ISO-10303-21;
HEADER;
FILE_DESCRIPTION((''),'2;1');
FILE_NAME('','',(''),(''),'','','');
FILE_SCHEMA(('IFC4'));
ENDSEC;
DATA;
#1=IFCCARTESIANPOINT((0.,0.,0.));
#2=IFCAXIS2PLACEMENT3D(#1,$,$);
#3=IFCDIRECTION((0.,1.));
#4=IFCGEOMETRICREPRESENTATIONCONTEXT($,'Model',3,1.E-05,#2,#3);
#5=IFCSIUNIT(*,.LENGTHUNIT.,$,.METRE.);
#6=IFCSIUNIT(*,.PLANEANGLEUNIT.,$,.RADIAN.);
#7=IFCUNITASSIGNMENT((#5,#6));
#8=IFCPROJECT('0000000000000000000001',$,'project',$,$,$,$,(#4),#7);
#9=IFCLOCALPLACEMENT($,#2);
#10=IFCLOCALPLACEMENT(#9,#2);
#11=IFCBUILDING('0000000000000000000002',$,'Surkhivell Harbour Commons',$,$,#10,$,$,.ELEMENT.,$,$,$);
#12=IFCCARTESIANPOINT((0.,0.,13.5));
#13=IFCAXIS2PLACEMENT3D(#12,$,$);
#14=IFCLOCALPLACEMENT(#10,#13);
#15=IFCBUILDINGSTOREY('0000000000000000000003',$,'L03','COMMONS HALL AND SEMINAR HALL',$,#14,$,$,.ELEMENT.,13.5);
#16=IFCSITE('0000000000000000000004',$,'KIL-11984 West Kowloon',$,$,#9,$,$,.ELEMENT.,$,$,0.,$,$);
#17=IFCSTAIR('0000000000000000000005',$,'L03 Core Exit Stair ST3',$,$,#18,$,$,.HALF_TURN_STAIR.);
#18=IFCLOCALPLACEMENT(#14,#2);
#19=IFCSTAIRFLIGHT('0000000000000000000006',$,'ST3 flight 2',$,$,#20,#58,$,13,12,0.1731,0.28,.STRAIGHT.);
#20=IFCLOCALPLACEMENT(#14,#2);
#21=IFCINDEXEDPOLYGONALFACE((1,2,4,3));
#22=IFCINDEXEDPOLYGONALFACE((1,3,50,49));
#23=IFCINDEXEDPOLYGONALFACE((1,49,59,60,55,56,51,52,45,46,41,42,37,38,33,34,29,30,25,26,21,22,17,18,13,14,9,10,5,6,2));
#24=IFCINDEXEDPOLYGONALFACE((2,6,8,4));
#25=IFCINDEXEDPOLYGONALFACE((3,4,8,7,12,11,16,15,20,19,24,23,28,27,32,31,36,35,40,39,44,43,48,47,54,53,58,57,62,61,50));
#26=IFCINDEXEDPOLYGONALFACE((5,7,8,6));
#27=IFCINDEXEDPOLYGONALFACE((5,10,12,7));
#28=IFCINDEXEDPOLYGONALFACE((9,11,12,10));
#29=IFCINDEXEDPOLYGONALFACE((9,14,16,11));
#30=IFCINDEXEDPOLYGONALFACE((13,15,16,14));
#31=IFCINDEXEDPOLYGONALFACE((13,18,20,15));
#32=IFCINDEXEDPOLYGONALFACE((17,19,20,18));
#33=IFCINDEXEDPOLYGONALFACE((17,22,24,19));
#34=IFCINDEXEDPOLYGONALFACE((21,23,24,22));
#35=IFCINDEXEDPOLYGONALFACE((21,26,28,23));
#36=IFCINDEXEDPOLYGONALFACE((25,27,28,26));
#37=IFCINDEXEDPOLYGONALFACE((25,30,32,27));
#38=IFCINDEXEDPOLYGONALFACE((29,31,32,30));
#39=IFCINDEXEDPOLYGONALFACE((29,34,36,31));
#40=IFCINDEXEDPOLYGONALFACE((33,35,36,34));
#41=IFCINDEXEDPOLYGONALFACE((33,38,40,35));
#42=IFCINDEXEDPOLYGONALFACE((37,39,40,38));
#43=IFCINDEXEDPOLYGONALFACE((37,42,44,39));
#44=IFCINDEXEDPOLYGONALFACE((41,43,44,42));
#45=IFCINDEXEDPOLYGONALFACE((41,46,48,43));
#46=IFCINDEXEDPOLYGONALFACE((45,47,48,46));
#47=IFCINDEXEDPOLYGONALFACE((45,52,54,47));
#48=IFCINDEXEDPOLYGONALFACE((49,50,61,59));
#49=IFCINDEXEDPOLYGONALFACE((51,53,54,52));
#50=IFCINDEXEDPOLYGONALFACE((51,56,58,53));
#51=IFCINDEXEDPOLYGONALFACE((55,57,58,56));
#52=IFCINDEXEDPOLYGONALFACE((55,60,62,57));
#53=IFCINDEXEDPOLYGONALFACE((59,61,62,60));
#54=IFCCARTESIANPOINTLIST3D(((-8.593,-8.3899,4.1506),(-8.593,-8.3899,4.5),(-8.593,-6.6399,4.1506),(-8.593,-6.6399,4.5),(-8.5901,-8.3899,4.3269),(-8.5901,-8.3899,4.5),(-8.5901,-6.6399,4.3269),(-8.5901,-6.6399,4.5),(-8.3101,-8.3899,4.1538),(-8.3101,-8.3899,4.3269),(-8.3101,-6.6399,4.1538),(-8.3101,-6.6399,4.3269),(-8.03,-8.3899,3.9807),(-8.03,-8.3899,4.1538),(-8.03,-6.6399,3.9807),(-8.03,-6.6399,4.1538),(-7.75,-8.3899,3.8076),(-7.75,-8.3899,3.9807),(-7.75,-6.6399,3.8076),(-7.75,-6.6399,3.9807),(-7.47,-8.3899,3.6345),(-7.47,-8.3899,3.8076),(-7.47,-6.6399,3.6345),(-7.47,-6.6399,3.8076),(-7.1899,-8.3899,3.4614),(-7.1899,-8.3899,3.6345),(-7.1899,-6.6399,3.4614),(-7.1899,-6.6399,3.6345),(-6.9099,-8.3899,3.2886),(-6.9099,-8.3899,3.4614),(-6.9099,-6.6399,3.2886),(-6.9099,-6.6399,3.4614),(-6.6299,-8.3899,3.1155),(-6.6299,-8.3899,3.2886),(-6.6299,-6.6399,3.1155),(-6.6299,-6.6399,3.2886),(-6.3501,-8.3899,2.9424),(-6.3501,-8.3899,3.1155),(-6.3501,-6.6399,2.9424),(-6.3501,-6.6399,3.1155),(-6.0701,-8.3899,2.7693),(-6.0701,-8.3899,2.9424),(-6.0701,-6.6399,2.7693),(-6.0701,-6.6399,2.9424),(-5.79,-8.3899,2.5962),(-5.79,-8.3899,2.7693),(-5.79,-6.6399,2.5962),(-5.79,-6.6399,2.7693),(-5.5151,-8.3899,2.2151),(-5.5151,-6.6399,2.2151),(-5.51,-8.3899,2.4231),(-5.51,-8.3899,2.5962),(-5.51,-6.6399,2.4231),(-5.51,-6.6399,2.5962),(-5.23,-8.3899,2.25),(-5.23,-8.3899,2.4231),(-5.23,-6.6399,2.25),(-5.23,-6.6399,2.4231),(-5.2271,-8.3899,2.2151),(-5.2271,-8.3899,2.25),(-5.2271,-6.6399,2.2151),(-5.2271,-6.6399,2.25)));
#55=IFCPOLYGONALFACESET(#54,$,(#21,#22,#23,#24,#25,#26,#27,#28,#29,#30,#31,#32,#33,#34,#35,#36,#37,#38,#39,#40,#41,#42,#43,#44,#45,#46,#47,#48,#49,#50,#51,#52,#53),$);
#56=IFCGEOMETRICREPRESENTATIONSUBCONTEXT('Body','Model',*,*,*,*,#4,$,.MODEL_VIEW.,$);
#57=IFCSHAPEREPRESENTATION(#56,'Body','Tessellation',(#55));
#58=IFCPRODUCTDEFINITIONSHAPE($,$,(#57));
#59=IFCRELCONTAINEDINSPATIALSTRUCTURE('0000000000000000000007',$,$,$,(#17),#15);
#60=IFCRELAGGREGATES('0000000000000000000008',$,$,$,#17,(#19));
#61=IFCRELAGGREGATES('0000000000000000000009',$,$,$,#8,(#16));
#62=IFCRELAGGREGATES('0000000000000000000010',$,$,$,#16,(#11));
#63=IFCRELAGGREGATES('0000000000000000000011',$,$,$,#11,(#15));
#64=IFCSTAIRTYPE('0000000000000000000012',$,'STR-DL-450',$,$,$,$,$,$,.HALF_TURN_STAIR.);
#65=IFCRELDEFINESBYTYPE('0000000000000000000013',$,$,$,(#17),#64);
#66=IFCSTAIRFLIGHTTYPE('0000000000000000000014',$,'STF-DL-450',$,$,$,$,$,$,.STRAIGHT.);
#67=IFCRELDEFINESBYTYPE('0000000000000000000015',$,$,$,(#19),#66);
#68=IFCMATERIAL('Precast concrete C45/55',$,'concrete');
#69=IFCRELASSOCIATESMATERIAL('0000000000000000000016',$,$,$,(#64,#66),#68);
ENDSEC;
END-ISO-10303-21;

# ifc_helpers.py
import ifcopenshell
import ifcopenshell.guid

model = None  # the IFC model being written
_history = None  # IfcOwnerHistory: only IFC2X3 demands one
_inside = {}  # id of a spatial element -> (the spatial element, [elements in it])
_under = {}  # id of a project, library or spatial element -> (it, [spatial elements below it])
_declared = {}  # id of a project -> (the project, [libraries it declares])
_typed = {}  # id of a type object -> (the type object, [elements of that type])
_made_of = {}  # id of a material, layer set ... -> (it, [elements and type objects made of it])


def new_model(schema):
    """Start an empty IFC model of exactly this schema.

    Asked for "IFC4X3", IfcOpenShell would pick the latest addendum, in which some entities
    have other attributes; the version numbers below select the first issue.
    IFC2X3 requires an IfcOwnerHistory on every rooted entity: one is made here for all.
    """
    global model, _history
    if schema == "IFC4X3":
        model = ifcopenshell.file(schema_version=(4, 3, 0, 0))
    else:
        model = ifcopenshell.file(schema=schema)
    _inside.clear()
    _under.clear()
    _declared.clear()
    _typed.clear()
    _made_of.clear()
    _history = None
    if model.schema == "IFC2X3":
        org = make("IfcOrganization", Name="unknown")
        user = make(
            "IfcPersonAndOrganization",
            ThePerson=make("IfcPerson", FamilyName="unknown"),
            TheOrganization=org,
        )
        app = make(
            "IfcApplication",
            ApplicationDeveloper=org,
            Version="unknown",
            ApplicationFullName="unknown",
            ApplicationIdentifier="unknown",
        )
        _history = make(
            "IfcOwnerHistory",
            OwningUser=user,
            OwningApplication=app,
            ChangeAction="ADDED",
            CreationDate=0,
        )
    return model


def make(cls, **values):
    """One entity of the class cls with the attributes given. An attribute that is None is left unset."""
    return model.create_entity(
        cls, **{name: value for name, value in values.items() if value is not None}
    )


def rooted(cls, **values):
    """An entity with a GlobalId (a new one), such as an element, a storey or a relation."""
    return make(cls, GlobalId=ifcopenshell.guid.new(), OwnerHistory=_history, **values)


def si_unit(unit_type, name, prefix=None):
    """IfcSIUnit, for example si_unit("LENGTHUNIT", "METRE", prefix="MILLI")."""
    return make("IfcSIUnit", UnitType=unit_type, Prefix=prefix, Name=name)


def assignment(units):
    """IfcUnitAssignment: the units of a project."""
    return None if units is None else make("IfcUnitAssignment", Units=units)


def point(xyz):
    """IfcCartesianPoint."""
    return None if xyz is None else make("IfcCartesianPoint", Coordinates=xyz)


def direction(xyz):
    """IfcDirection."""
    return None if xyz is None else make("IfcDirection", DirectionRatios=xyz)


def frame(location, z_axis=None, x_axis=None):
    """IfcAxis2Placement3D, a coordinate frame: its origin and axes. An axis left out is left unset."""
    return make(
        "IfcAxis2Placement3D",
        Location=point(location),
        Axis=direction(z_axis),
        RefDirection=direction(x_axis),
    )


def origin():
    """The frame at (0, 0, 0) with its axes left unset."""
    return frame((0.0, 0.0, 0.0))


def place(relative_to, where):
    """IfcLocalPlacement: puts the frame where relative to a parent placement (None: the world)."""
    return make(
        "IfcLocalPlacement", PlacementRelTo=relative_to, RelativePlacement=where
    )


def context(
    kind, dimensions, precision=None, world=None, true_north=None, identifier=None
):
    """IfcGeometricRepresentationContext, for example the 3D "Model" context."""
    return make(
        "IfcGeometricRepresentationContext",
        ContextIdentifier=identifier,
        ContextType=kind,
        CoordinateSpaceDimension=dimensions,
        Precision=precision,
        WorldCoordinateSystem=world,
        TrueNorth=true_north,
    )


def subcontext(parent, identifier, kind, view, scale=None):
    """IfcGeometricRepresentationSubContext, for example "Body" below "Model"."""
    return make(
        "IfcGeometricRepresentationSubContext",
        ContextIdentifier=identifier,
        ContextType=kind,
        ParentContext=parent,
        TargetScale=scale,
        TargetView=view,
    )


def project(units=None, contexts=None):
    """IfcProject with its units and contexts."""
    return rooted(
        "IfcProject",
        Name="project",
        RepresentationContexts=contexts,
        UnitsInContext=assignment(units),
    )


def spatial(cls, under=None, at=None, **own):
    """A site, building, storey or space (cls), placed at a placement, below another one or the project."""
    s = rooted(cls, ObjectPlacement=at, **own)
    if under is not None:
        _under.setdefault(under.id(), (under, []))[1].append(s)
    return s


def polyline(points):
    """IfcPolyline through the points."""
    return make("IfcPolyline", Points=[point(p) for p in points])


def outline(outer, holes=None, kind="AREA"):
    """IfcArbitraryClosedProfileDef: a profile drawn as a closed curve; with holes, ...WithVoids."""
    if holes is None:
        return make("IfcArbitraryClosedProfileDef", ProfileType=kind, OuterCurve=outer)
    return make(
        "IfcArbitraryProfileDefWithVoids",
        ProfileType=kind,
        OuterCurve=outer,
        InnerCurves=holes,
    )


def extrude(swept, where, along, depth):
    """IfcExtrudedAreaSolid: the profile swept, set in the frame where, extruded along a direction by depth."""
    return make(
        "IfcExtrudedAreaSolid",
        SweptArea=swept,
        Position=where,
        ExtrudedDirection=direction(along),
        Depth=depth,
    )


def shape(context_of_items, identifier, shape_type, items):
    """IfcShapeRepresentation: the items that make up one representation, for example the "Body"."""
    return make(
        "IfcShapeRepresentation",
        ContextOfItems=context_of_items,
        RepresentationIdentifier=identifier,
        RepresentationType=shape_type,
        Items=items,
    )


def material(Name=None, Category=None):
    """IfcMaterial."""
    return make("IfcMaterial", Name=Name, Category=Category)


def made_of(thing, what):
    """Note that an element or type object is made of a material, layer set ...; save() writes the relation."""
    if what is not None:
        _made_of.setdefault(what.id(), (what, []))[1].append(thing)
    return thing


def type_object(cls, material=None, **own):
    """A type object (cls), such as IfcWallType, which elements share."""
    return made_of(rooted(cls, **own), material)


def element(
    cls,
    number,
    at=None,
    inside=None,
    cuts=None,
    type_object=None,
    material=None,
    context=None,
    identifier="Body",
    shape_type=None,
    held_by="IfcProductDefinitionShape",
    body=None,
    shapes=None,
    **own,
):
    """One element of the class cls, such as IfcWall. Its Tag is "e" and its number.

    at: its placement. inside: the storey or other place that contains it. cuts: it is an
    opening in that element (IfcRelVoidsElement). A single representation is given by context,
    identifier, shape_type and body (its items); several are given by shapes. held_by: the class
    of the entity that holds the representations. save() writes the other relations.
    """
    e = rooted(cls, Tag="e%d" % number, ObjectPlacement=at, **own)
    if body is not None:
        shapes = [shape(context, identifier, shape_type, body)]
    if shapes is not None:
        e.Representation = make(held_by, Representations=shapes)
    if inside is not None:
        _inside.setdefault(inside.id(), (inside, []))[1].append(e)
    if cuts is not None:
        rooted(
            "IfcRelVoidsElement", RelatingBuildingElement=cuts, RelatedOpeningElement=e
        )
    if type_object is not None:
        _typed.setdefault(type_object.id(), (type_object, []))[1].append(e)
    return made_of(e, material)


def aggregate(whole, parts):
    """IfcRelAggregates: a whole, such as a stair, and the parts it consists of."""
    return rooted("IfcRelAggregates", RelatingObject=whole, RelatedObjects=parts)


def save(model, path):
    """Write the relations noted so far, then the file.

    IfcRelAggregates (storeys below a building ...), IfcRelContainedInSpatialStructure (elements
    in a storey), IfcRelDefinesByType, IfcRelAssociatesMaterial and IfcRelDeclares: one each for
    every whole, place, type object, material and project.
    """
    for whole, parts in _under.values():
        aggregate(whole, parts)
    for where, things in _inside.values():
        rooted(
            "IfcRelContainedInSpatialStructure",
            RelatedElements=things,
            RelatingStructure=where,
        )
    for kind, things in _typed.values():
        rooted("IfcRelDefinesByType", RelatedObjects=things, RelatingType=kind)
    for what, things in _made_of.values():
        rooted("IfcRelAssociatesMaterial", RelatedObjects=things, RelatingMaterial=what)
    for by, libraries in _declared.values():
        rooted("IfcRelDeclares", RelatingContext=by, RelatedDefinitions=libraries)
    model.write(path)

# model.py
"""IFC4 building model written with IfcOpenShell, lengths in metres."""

from ifc_helpers import new_model, si_unit, direction, frame, origin, place, context, subcontext, project, spatial, polyline, outline, extrude, material, type_object, element, aggregate, save


model = new_model("IFC4")

# Units and contexts
model_context = context("Model", 3, precision=1e-05, world=origin(), true_north=direction((0.0, 1.0)))
body_context = subcontext(model_context, "Body", "Model", "MODEL_VIEW")
ifc_project = project(units=[si_unit("LENGTHUNIT", "METRE"), si_unit("PLANEANGLEUNIT", "RADIAN")], contexts=[model_context])

# Site, building, storey
site_placement = place(None, origin())
site = spatial("IfcSite", under=ifc_project, at=site_placement, Name="KIL-11984 West Kowloon", CompositionType="ELEMENT", RefElevation=0.0)
building_placement = place(site_placement, origin())
building = spatial("IfcBuilding", under=site, at=building_placement, Name="Surkhivell Harbour Commons", CompositionType="ELEMENT")
storey_placement = place(building_placement, frame((0.0, 0.0, 13.5)))
storey = spatial("IfcBuildingStorey", under=building, at=storey_placement, Name="L03", Description="COMMONS HALL AND SEMINAR HALL", CompositionType="ELEMENT", Elevation=13.5)

# Stair, stair flight
ifc_material_1 = material(Name="Precast concrete C45/55", Category="concrete")
stair_type = type_object("IfcStairType", Name="STR-DL-450", PredefinedType="HALF_TURN_STAIR", material=ifc_material_1)
stair_placement = place(storey_placement, origin())
stair = element("IfcStair", 1, at=stair_placement, inside=storey, type_object=stair_type, Name="L03 Core Exit Stair ST3", PredefinedType="HALF_TURN_STAIR")
stair_flight_type = type_object("IfcStairFlightType", Name="STF-DL-450", PredefinedType="STRAIGHT", material=ifc_material_1)
stair_flight_1_placement = place(storey_placement, frame((-5.23, -7.5149, 2.25), z_axis=(0.0, 0.0, 1.0), x_axis=(-1.0, 0.0, 0.0)))
stair_flight_1 = element("IfcStairFlight", 2, at=stair_flight_1_placement, type_object=stair_flight_type, Name="ST3 flight 2", NumberOfRisers=13, NumberOfTreads=12, PredefinedType="STRAIGHT", RiserHeight=0.1731, TreadLength=0.28, context=body_context, shape_type="SweptSolid", body=[
    extrude(outline(polyline([(-0.0029, -0.0349), (-0.0029, 0.0), (0.0, 0.0), (0.0, 0.1731), (0.28, 0.1731), (0.28, 0.3462), (0.5601, 0.3462), (0.5601, 0.5193), (0.8401, 0.5193), (0.8401, 0.6924), (1.1201, 0.6924), (1.1201, 0.8655), (1.3999, 0.8655), (1.3999, 1.0386), (1.6799, 1.0386), (1.6799, 1.2114), (1.96, 1.2114), (1.96, 1.3845), (2.24, 1.3845), (2.24, 1.5576), (2.52, 1.5576), (2.52, 1.7307), (2.8, 1.7307), (2.8, 1.9038), (3.0801, 1.9038), (3.0801, 2.0769), (3.3601, 2.0769), (3.3601, 2.25), (3.363, 2.25), (3.363, 1.9006), (0.2852, -0.0349), (-0.0029, -0.0349)])), frame((0.0, 0.875, 0.0), z_axis=(0.0, -1.0, 0.0), x_axis=(1.0, 0.0, 0.0)), (0.0, 0.0, 1.0), 1.75),
])
aggregate(stair, [stair_flight_1])

save(model, "model.ifc")
